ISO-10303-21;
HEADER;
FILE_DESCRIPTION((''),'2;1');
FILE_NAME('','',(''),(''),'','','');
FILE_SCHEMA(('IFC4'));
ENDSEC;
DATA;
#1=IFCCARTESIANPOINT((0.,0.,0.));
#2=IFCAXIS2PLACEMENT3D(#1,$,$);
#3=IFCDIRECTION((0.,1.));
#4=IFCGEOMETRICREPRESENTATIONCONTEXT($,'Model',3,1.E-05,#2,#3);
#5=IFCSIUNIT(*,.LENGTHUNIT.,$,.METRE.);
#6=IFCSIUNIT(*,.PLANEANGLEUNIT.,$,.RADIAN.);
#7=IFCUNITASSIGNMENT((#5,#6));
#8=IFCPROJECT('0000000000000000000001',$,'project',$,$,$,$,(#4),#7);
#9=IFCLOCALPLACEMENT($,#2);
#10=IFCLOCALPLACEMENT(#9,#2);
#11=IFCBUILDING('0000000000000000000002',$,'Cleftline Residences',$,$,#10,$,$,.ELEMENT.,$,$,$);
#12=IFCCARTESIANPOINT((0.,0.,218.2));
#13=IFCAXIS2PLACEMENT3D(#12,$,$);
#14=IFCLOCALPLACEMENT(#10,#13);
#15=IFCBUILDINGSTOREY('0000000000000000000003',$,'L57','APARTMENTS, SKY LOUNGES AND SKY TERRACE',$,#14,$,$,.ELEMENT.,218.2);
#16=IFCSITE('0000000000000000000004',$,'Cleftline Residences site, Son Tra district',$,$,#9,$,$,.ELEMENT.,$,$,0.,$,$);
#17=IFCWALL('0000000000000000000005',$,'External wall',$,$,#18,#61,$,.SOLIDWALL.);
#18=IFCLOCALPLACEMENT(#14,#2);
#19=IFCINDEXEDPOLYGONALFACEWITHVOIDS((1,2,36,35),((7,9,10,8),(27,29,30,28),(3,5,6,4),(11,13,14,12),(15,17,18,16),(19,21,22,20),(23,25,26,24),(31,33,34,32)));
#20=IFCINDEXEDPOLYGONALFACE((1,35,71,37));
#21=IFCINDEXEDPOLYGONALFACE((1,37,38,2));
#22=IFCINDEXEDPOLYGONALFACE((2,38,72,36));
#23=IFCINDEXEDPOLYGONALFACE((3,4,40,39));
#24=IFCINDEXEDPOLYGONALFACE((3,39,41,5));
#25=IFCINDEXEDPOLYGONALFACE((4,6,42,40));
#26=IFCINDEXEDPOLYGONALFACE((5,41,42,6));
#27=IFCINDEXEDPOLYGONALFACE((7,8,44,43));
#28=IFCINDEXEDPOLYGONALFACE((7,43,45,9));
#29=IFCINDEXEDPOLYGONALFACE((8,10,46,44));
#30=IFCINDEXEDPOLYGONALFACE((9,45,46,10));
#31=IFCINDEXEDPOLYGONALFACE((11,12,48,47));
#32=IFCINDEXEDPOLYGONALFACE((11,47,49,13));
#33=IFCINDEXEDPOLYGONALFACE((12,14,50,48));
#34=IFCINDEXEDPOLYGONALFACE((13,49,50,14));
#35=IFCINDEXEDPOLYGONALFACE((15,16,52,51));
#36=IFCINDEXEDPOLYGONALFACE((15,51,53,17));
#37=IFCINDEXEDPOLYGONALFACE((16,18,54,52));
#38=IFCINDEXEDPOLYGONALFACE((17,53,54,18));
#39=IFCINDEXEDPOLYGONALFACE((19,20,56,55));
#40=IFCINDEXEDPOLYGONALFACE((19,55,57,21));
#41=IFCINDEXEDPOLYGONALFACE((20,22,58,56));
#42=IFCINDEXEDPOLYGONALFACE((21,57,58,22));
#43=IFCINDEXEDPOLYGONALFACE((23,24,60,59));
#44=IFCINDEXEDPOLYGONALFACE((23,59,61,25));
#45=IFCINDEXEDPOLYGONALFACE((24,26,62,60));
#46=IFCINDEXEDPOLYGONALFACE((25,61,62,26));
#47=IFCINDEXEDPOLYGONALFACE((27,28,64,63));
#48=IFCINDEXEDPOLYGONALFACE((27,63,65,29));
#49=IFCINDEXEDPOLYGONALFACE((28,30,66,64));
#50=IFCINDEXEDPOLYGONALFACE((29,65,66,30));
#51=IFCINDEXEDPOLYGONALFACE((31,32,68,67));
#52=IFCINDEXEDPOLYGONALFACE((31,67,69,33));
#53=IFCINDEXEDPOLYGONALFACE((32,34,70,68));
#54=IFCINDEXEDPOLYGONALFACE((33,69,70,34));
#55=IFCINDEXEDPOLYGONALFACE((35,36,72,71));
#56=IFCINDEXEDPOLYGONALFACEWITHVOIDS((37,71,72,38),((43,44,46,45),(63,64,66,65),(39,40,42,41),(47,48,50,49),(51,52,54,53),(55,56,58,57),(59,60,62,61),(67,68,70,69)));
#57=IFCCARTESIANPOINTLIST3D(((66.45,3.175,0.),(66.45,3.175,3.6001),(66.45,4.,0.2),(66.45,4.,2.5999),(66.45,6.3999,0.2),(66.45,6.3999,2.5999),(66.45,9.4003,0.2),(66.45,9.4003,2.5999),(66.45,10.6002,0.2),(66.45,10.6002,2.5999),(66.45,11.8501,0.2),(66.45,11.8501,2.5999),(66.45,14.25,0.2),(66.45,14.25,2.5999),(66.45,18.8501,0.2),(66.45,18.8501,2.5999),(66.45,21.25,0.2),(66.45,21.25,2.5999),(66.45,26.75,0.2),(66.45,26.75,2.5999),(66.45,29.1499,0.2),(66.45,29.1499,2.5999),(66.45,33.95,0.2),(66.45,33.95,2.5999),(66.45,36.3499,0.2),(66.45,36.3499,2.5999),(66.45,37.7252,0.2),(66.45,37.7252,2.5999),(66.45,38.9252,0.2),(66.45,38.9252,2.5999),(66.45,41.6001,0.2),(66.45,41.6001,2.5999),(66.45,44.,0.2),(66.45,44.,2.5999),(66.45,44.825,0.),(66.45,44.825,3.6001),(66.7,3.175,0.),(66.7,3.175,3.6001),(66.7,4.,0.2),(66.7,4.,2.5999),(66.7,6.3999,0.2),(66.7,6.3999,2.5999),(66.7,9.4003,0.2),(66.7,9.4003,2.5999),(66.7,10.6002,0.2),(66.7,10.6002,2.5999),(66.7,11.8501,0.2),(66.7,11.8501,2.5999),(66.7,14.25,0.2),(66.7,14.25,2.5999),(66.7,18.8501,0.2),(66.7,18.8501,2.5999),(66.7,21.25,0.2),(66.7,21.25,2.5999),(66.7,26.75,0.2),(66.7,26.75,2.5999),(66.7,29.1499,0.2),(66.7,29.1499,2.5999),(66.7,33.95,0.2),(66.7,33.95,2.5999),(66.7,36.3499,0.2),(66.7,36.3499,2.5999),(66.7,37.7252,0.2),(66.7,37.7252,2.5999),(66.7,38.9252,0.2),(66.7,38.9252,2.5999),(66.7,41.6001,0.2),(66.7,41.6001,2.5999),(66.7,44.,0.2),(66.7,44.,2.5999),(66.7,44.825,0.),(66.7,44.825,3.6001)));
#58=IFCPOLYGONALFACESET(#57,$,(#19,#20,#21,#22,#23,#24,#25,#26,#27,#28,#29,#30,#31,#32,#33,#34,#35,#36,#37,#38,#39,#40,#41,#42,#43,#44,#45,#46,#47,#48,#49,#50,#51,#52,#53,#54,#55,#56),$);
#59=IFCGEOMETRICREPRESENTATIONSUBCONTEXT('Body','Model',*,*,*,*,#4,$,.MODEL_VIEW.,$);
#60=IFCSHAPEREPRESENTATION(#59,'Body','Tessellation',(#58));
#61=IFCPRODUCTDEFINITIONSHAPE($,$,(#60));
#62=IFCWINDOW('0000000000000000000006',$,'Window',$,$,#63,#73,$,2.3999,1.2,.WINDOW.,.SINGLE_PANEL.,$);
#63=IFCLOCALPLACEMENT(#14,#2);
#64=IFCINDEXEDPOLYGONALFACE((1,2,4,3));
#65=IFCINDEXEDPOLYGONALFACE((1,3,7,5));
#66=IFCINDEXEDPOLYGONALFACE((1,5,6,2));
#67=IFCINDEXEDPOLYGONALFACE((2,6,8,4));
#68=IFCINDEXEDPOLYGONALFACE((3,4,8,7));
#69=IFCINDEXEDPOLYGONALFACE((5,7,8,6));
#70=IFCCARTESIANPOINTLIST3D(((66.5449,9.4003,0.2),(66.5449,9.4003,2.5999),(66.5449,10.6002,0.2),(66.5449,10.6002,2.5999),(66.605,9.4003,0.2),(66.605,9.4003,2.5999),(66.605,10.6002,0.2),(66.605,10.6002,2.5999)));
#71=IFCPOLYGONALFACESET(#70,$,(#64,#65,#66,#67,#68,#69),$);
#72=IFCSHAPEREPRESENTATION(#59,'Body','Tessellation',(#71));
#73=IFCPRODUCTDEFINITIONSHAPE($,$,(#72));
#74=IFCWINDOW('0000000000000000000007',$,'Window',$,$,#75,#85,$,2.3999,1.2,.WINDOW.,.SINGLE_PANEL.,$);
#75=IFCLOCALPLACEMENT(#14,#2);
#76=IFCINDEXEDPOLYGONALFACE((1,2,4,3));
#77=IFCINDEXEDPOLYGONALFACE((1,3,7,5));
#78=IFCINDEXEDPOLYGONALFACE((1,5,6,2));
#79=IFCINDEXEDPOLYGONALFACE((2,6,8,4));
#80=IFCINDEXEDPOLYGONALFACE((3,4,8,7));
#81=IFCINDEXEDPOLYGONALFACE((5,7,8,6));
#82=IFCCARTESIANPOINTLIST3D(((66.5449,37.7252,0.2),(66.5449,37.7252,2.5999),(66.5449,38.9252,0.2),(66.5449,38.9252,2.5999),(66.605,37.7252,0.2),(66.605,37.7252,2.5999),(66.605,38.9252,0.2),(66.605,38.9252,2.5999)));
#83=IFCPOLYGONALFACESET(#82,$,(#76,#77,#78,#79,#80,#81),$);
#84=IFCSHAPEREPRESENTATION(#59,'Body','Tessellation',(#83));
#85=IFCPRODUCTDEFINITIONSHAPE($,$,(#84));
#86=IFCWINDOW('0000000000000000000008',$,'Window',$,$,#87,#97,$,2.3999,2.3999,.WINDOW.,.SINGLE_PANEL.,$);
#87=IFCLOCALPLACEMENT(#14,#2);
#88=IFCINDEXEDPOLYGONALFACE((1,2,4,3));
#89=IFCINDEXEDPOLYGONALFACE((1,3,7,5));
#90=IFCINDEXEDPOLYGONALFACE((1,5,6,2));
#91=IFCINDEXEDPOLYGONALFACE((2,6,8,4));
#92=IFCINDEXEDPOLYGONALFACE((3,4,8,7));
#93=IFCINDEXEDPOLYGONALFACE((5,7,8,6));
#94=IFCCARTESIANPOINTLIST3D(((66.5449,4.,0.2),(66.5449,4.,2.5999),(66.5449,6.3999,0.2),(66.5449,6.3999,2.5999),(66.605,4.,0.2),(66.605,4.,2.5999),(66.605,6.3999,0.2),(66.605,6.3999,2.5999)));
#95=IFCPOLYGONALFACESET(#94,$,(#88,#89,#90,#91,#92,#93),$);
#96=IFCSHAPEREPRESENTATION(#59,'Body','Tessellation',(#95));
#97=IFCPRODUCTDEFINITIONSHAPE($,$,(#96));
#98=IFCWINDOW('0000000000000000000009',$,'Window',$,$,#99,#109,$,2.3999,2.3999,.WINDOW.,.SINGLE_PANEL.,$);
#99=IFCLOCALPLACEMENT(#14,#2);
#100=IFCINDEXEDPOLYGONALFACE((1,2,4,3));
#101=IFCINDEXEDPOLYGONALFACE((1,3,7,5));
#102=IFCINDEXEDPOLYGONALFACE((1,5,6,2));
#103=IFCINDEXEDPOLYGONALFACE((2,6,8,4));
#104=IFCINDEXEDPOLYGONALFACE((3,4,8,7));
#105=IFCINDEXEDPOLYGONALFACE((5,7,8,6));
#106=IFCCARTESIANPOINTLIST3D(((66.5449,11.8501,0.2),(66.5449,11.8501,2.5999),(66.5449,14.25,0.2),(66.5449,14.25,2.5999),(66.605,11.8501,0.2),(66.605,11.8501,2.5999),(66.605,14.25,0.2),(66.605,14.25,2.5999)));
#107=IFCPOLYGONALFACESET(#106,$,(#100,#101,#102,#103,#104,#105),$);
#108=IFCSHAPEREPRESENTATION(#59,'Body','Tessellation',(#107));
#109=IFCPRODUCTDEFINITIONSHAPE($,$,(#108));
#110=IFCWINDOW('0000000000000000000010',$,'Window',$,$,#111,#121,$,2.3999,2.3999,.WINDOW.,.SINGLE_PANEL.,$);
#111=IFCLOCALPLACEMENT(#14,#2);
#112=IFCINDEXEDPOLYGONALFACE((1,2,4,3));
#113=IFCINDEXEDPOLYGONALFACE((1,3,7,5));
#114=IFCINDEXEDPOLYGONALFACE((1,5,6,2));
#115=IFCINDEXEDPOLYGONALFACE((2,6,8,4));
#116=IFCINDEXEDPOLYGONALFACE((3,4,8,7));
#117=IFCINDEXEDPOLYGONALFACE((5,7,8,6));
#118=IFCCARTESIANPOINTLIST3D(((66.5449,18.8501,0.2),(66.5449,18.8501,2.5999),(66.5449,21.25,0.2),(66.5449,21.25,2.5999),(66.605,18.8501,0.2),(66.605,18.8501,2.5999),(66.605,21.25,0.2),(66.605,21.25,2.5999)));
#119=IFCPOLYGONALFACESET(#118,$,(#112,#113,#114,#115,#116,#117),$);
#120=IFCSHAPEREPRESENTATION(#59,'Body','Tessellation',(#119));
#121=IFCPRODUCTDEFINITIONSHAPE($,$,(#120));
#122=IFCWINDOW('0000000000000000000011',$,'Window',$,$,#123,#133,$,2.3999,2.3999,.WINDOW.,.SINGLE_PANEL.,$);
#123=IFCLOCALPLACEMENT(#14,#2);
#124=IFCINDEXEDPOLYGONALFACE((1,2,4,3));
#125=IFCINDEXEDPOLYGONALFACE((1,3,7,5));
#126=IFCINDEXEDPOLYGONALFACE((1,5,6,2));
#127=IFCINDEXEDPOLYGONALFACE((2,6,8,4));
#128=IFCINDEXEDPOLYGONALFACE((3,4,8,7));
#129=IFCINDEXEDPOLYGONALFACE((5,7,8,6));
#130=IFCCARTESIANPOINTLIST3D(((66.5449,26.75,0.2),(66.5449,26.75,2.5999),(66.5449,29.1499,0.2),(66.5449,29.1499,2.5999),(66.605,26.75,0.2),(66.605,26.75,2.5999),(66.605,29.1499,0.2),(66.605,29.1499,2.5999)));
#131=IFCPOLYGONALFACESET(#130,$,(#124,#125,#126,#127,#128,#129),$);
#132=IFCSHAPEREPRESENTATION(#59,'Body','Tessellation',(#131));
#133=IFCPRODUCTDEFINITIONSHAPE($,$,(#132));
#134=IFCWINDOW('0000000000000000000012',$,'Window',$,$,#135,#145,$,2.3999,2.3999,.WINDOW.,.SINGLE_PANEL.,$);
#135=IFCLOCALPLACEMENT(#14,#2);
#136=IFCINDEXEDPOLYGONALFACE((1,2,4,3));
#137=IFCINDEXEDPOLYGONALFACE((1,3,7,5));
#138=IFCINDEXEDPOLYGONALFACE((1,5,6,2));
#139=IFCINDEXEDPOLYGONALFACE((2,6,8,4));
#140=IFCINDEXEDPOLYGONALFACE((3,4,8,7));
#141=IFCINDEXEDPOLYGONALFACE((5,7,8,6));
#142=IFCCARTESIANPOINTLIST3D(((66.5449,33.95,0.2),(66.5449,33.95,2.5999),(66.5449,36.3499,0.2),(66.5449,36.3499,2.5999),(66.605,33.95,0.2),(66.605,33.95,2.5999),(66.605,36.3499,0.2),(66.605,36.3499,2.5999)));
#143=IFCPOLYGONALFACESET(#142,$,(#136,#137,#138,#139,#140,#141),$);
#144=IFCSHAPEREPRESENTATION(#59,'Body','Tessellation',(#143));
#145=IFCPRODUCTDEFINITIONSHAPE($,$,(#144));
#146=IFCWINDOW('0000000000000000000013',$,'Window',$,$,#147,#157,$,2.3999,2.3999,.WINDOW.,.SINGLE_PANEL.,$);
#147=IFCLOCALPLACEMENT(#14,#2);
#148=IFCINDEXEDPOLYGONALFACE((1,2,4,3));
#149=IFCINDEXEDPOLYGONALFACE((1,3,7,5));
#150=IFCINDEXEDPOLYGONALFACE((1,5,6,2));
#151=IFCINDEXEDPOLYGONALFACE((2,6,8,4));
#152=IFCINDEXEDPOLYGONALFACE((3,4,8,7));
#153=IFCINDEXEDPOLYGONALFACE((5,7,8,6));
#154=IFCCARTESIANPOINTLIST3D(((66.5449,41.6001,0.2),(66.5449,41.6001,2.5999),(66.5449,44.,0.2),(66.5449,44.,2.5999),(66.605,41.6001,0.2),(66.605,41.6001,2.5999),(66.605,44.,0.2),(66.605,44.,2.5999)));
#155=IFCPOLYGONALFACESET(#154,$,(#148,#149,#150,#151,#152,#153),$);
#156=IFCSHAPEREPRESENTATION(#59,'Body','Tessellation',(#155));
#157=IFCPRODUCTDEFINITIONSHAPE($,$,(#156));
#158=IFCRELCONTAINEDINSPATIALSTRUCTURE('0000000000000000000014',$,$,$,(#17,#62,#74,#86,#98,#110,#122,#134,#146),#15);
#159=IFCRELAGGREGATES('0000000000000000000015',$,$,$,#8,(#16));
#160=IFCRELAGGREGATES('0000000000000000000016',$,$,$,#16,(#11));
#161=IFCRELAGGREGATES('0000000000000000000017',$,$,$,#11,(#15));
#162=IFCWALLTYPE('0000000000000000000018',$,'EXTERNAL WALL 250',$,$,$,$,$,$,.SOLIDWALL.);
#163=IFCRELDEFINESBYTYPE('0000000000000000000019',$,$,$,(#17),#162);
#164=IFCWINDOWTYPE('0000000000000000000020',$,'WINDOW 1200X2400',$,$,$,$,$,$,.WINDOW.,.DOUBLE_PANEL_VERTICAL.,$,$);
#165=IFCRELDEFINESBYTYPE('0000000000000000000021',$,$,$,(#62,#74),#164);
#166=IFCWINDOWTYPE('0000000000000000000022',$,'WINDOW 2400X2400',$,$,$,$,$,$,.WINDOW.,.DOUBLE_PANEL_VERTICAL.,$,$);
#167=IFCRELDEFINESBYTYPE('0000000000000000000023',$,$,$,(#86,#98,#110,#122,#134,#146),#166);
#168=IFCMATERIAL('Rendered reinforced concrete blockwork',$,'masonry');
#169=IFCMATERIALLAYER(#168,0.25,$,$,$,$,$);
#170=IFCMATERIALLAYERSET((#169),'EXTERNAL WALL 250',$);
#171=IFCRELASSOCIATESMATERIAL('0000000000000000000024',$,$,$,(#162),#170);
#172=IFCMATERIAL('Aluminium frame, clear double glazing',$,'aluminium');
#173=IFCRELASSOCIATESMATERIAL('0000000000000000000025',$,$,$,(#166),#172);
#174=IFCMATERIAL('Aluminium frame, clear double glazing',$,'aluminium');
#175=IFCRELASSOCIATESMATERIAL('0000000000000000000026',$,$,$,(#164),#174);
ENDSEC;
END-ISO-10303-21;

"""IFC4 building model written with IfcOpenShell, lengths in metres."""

from ifc_helpers import new_model, si_unit, direction, frame, frame_2d, origin, place, context, subcontext, project, spatial, rectangle, extrude, material, layer, layer_set, type_object, element, fill, save


model = new_model("IFC4")

# Units and contexts
model_context = context("Model", 3, precision=1e-05, world=origin(), true_north=direction((0.0, 1.0)))
body_context = subcontext(model_context, "Body", "Model", "MODEL_VIEW")
ifc_project = project(units=[si_unit("LENGTHUNIT", "METRE"), si_unit("PLANEANGLEUNIT", "RADIAN")], contexts=[model_context])

# Site, building, storey
site_placement = place(None, origin())
site = spatial("IfcSite", under=ifc_project, at=site_placement, Name="Cleftline Residences site, Son Tra district", CompositionType="ELEMENT", RefElevation=0.0)
building_placement = place(site_placement, origin())
building = spatial("IfcBuilding", under=site, at=building_placement, Name="Cleftline Residences", CompositionType="ELEMENT")
storey_placement = place(building_placement, frame((0.0, 0.0, 218.2)))
storey = spatial("IfcBuildingStorey", under=building, at=storey_placement, Name="L57", Description="APARTMENTS, SKY LOUNGES AND SKY TERRACE", CompositionType="ELEMENT", Elevation=218.2)

# Shared definitions
ifc_material_1 = material(Name="Rendered reinforced concrete blockwork", Category="masonry")
ifc_layer_1 = layer(ifc_material_1, 0.25)
ifc_layer_set_1 = layer_set([ifc_layer_1], Name="EXTERNAL WALL 250")
wall_type_1 = type_object("IfcWallType", Name="EXTERNAL WALL 250", PredefinedType="SOLIDWALL", material=ifc_layer_set_1)
ifc_material_2 = material(Name="Aluminium frame, clear double glazing", Category="aluminium")
window_type_1 = type_object("IfcWindowType", Name="WINDOW 2400X2400", PartitioningType="DOUBLE_PANEL_VERTICAL", PredefinedType="WINDOW", material=ifc_material_2)

# Wall, openings, windows
wall_1_placement = place(storey_placement, frame((66.575, 3.175, 0.0), z_axis=(0.0, 0.0, 1.0), x_axis=(0.0, 1.0, 0.0)))
wall_1 = element("IfcWall", 1, at=wall_1_placement, inside=storey, type_object=wall_type_1, Name="External wall", PredefinedType="SOLIDWALL", context=body_context, shape_type="SweptSolid", body=[
    extrude(rectangle(XDim=41.6499, YDim=0.25, at=frame_2d((20.825, 0.0))), origin(), (0.0, 0.0, 1.0), 3.6001),
])
opening_1_placement = place(wall_1_placement, frame((0.825, 0.0, 0.2)))
opening_1 = element("IfcOpeningElement", 2, at=opening_1_placement, cuts=wall_1, PredefinedType="OPENING", context=body_context, shape_type="SweptSolid", body=[
    extrude(rectangle(XDim=2.3999, YDim=2.3999, at=frame_2d((1.2, 1.2))), frame((0.0, 0.135, 0.0), z_axis=(0.0, -1.0, 0.0), x_axis=(1.0, 0.0, 0.0)), (0.0, 0.0, 1.0), 0.27),
])
opening_2_placement = place(wall_1_placement, frame((6.2251, 0.0, 0.2)))
opening_2 = element("IfcOpeningElement", 3, at=opening_2_placement, cuts=wall_1, PredefinedType="OPENING", context=body_context, shape_type="SweptSolid", body=[
    extrude(rectangle(XDim=1.2, YDim=2.3999, at=frame_2d((0.6001, 1.2))), frame((0.0, 0.135, 0.0), z_axis=(0.0, -1.0, 0.0), x_axis=(1.0, 0.0, 0.0)), (0.0, 0.0, 1.0), 0.27),
])
opening_3_placement = place(wall_1_placement, frame((8.675, 0.0, 0.2)))
opening_3 = element("IfcOpeningElement", 4, at=opening_3_placement, cuts=wall_1, PredefinedType="OPENING", context=body_context, shape_type="SweptSolid", body=[
    extrude(rectangle(XDim=2.3999, YDim=2.3999, at=frame_2d((1.2, 1.2))), frame((0.0, 0.135, 0.0), z_axis=(0.0, -1.0, 0.0), x_axis=(1.0, 0.0, 0.0)), (0.0, 0.0, 1.0), 0.27),
])
opening_4_placement = place(wall_1_placement, frame((15.675, 0.0, 0.2)))
opening_4 = element("IfcOpeningElement", 5, at=opening_4_placement, cuts=wall_1, PredefinedType="OPENING", context=body_context, shape_type="SweptSolid", body=[
    extrude(rectangle(XDim=2.3999, YDim=2.3999, at=frame_2d((1.2, 1.2))), frame((0.0, 0.135, 0.0), z_axis=(0.0, -1.0, 0.0), x_axis=(1.0, 0.0, 0.0)), (0.0, 0.0, 1.0), 0.27),
])
opening_5_placement = place(wall_1_placement, frame((23.575, 0.0, 0.2)))
opening_5 = element("IfcOpeningElement", 6, at=opening_5_placement, cuts=wall_1, PredefinedType="OPENING", context=body_context, shape_type="SweptSolid", body=[
    extrude(rectangle(XDim=2.3999, YDim=2.3999, at=frame_2d((1.2, 1.2))), frame((0.0, 0.135, 0.0), z_axis=(0.0, -1.0, 0.0), x_axis=(1.0, 0.0, 0.0)), (0.0, 0.0, 1.0), 0.27),
])
opening_6_placement = place(wall_1_placement, frame((30.7749, 0.0, 0.2)))
opening_6 = element("IfcOpeningElement", 7, at=opening_6_placement, cuts=wall_1, PredefinedType="OPENING", context=body_context, shape_type="SweptSolid", body=[
    extrude(rectangle(XDim=2.3999, YDim=2.3999, at=frame_2d((1.2, 1.2))), frame((0.0, 0.135, 0.0), z_axis=(0.0, -1.0, 0.0), x_axis=(1.0, 0.0, 0.0)), (0.0, 0.0, 1.0), 0.27),
])
opening_7_placement = place(wall_1_placement, frame((34.55, 0.0, 0.2)))
opening_7 = element("IfcOpeningElement", 8, at=opening_7_placement, cuts=wall_1, PredefinedType="OPENING", context=body_context, shape_type="SweptSolid", body=[
    extrude(rectangle(XDim=1.2, YDim=2.3999, at=frame_2d((0.6001, 1.2))), frame((0.0, 0.135, 0.0), z_axis=(0.0, -1.0, 0.0), x_axis=(1.0, 0.0, 0.0)), (0.0, 0.0, 1.0), 0.27),
])
opening_8_placement = place(wall_1_placement, frame((38.425, 0.0, 0.2)))
opening_8 = element("IfcOpeningElement", 9, at=opening_8_placement, cuts=wall_1, PredefinedType="OPENING", context=body_context, shape_type="SweptSolid", body=[
    extrude(rectangle(XDim=2.3999, YDim=2.3999, at=frame_2d((1.2, 1.2))), frame((0.0, 0.135, 0.0), z_axis=(0.0, -1.0, 0.0), x_axis=(1.0, 0.0, 0.0)), (0.0, 0.0, 1.0), 0.27),
])
ifc_material_3 = material(Name="Aluminium frame, clear double glazing", Category="aluminium")
window_type_2 = type_object("IfcWindowType", Name="WINDOW 1200X2400", PartitioningType="DOUBLE_PANEL_VERTICAL", PredefinedType="WINDOW", material=ifc_material_3)
window_1_placement = place(opening_2_placement, origin())
window_1 = element("IfcWindow", 10, at=window_1_placement, inside=storey, type_object=window_type_2, Name="Window", OverallHeight=2.3999, OverallWidth=1.2, PartitioningType="SINGLE_PANEL", PredefinedType="WINDOW", context=body_context, shape_type="SweptSolid", body=[
    extrude(rectangle(XDim=1.2, YDim=2.3999, at=frame_2d((0.6001, 1.2))), frame((0.0, 0.03, 0.0), z_axis=(0.0, -1.0, 0.0), x_axis=(1.0, 0.0, 0.0)), (0.0, 0.0, 1.0), 0.0601),
])
fill(opening_2, window_1)
window_2_placement = place(opening_7_placement, origin())
window_2 = element("IfcWindow", 11, at=window_2_placement, inside=storey, type_object=window_type_2, Name="Window", OverallHeight=2.3999, OverallWidth=1.2, PartitioningType="SINGLE_PANEL", PredefinedType="WINDOW", context=body_context, shape_type="SweptSolid", body=[
    extrude(rectangle(XDim=1.2, YDim=2.3999, at=frame_2d((0.6001, 1.2))), frame((0.0, 0.03, 0.0), z_axis=(0.0, -1.0, 0.0), x_axis=(1.0, 0.0, 0.0)), (0.0, 0.0, 1.0), 0.0601),
])
fill(opening_7, window_2)
window_3_placement = place(opening_1_placement, origin())
window_3 = element("IfcWindow", 12, at=window_3_placement, inside=storey, type_object=window_type_1, Name="Window", OverallHeight=2.3999, OverallWidth=2.3999, PartitioningType="SINGLE_PANEL", PredefinedType="WINDOW", context=body_context, shape_type="SweptSolid", body=[
    extrude(rectangle(XDim=2.3999, YDim=2.3999, at=frame_2d((1.2, 1.2))), frame((0.0, 0.03, 0.0), z_axis=(0.0, -1.0, 0.0), x_axis=(1.0, 0.0, 0.0)), (0.0, 0.0, 1.0), 0.0601),
])
fill(opening_1, window_3)
window_4_placement = place(opening_3_placement, origin())
window_4 = element("IfcWindow", 13, at=window_4_placement, inside=storey, type_object=window_type_1, Name="Window", OverallHeight=2.3999, OverallWidth=2.3999, PartitioningType="SINGLE_PANEL", PredefinedType="WINDOW", context=body_context, shape_type="SweptSolid", body=[
    extrude(rectangle(XDim=2.3999, YDim=2.3999, at=frame_2d((1.2, 1.2))), frame((0.0, 0.03, 0.0), z_axis=(0.0, -1.0, 0.0), x_axis=(1.0, 0.0, 0.0)), (0.0, 0.0, 1.0), 0.0601),
])
fill(opening_3, window_4)
window_5_placement = place(opening_4_placement, origin())
window_5 = element("IfcWindow", 14, at=window_5_placement, inside=storey, type_object=window_type_1, Name="Window", OverallHeight=2.3999, OverallWidth=2.3999, PartitioningType="SINGLE_PANEL", PredefinedType="WINDOW", context=body_context, shape_type="SweptSolid", body=[
    extrude(rectangle(XDim=2.3999, YDim=2.3999, at=frame_2d((1.2, 1.2))), frame((0.0, 0.03, 0.0), z_axis=(0.0, -1.0, 0.0), x_axis=(1.0, 0.0, 0.0)), (0.0, 0.0, 1.0), 0.0601),
])
fill(opening_4, window_5)
window_6_placement = place(opening_5_placement, origin())
window_6 = element("IfcWindow", 15, at=window_6_placement, inside=storey, type_object=window_type_1, Name="Window", OverallHeight=2.3999, OverallWidth=2.3999, PartitioningType="SINGLE_PANEL", PredefinedType="WINDOW", context=body_context, shape_type="SweptSolid", body=[
    extrude(rectangle(XDim=2.3999, YDim=2.3999, at=frame_2d((1.2, 1.2))), frame((0.0, 0.03, 0.0), z_axis=(0.0, -1.0, 0.0), x_axis=(1.0, 0.0, 0.0)), (0.0, 0.0, 1.0), 0.0601),
])
fill(opening_5, window_6)
window_7_placement = place(opening_6_placement, origin())
window_7 = element("IfcWindow", 16, at=window_7_placement, inside=storey, type_object=window_type_1, Name="Window", OverallHeight=2.3999, OverallWidth=2.3999, PartitioningType="SINGLE_PANEL", PredefinedType="WINDOW", context=body_context, shape_type="SweptSolid", body=[
    extrude(rectangle(XDim=2.3999, YDim=2.3999, at=frame_2d((1.2, 1.2))), frame((0.0, 0.03, 0.0), z_axis=(0.0, -1.0, 0.0), x_axis=(1.0, 0.0, 0.0)), (0.0, 0.0, 1.0), 0.0601),
])
fill(opening_6, window_7)
window_8_placement = place(opening_8_placement, origin())
window_8 = element("IfcWindow", 17, at=window_8_placement, inside=storey, type_object=window_type_1, Name="Window", OverallHeight=2.3999, OverallWidth=2.3999, PartitioningType="SINGLE_PANEL", PredefinedType="WINDOW", context=body_context, shape_type="SweptSolid", body=[
    extrude(rectangle(XDim=2.3999, YDim=2.3999, at=frame_2d((1.2, 1.2))), frame((0.0, 0.03, 0.0), z_axis=(0.0, -1.0, 0.0), x_axis=(1.0, 0.0, 0.0)), (0.0, 0.0, 1.0), 0.0601),
])
fill(opening_8, window_8)

save(model, "model.ifc")
